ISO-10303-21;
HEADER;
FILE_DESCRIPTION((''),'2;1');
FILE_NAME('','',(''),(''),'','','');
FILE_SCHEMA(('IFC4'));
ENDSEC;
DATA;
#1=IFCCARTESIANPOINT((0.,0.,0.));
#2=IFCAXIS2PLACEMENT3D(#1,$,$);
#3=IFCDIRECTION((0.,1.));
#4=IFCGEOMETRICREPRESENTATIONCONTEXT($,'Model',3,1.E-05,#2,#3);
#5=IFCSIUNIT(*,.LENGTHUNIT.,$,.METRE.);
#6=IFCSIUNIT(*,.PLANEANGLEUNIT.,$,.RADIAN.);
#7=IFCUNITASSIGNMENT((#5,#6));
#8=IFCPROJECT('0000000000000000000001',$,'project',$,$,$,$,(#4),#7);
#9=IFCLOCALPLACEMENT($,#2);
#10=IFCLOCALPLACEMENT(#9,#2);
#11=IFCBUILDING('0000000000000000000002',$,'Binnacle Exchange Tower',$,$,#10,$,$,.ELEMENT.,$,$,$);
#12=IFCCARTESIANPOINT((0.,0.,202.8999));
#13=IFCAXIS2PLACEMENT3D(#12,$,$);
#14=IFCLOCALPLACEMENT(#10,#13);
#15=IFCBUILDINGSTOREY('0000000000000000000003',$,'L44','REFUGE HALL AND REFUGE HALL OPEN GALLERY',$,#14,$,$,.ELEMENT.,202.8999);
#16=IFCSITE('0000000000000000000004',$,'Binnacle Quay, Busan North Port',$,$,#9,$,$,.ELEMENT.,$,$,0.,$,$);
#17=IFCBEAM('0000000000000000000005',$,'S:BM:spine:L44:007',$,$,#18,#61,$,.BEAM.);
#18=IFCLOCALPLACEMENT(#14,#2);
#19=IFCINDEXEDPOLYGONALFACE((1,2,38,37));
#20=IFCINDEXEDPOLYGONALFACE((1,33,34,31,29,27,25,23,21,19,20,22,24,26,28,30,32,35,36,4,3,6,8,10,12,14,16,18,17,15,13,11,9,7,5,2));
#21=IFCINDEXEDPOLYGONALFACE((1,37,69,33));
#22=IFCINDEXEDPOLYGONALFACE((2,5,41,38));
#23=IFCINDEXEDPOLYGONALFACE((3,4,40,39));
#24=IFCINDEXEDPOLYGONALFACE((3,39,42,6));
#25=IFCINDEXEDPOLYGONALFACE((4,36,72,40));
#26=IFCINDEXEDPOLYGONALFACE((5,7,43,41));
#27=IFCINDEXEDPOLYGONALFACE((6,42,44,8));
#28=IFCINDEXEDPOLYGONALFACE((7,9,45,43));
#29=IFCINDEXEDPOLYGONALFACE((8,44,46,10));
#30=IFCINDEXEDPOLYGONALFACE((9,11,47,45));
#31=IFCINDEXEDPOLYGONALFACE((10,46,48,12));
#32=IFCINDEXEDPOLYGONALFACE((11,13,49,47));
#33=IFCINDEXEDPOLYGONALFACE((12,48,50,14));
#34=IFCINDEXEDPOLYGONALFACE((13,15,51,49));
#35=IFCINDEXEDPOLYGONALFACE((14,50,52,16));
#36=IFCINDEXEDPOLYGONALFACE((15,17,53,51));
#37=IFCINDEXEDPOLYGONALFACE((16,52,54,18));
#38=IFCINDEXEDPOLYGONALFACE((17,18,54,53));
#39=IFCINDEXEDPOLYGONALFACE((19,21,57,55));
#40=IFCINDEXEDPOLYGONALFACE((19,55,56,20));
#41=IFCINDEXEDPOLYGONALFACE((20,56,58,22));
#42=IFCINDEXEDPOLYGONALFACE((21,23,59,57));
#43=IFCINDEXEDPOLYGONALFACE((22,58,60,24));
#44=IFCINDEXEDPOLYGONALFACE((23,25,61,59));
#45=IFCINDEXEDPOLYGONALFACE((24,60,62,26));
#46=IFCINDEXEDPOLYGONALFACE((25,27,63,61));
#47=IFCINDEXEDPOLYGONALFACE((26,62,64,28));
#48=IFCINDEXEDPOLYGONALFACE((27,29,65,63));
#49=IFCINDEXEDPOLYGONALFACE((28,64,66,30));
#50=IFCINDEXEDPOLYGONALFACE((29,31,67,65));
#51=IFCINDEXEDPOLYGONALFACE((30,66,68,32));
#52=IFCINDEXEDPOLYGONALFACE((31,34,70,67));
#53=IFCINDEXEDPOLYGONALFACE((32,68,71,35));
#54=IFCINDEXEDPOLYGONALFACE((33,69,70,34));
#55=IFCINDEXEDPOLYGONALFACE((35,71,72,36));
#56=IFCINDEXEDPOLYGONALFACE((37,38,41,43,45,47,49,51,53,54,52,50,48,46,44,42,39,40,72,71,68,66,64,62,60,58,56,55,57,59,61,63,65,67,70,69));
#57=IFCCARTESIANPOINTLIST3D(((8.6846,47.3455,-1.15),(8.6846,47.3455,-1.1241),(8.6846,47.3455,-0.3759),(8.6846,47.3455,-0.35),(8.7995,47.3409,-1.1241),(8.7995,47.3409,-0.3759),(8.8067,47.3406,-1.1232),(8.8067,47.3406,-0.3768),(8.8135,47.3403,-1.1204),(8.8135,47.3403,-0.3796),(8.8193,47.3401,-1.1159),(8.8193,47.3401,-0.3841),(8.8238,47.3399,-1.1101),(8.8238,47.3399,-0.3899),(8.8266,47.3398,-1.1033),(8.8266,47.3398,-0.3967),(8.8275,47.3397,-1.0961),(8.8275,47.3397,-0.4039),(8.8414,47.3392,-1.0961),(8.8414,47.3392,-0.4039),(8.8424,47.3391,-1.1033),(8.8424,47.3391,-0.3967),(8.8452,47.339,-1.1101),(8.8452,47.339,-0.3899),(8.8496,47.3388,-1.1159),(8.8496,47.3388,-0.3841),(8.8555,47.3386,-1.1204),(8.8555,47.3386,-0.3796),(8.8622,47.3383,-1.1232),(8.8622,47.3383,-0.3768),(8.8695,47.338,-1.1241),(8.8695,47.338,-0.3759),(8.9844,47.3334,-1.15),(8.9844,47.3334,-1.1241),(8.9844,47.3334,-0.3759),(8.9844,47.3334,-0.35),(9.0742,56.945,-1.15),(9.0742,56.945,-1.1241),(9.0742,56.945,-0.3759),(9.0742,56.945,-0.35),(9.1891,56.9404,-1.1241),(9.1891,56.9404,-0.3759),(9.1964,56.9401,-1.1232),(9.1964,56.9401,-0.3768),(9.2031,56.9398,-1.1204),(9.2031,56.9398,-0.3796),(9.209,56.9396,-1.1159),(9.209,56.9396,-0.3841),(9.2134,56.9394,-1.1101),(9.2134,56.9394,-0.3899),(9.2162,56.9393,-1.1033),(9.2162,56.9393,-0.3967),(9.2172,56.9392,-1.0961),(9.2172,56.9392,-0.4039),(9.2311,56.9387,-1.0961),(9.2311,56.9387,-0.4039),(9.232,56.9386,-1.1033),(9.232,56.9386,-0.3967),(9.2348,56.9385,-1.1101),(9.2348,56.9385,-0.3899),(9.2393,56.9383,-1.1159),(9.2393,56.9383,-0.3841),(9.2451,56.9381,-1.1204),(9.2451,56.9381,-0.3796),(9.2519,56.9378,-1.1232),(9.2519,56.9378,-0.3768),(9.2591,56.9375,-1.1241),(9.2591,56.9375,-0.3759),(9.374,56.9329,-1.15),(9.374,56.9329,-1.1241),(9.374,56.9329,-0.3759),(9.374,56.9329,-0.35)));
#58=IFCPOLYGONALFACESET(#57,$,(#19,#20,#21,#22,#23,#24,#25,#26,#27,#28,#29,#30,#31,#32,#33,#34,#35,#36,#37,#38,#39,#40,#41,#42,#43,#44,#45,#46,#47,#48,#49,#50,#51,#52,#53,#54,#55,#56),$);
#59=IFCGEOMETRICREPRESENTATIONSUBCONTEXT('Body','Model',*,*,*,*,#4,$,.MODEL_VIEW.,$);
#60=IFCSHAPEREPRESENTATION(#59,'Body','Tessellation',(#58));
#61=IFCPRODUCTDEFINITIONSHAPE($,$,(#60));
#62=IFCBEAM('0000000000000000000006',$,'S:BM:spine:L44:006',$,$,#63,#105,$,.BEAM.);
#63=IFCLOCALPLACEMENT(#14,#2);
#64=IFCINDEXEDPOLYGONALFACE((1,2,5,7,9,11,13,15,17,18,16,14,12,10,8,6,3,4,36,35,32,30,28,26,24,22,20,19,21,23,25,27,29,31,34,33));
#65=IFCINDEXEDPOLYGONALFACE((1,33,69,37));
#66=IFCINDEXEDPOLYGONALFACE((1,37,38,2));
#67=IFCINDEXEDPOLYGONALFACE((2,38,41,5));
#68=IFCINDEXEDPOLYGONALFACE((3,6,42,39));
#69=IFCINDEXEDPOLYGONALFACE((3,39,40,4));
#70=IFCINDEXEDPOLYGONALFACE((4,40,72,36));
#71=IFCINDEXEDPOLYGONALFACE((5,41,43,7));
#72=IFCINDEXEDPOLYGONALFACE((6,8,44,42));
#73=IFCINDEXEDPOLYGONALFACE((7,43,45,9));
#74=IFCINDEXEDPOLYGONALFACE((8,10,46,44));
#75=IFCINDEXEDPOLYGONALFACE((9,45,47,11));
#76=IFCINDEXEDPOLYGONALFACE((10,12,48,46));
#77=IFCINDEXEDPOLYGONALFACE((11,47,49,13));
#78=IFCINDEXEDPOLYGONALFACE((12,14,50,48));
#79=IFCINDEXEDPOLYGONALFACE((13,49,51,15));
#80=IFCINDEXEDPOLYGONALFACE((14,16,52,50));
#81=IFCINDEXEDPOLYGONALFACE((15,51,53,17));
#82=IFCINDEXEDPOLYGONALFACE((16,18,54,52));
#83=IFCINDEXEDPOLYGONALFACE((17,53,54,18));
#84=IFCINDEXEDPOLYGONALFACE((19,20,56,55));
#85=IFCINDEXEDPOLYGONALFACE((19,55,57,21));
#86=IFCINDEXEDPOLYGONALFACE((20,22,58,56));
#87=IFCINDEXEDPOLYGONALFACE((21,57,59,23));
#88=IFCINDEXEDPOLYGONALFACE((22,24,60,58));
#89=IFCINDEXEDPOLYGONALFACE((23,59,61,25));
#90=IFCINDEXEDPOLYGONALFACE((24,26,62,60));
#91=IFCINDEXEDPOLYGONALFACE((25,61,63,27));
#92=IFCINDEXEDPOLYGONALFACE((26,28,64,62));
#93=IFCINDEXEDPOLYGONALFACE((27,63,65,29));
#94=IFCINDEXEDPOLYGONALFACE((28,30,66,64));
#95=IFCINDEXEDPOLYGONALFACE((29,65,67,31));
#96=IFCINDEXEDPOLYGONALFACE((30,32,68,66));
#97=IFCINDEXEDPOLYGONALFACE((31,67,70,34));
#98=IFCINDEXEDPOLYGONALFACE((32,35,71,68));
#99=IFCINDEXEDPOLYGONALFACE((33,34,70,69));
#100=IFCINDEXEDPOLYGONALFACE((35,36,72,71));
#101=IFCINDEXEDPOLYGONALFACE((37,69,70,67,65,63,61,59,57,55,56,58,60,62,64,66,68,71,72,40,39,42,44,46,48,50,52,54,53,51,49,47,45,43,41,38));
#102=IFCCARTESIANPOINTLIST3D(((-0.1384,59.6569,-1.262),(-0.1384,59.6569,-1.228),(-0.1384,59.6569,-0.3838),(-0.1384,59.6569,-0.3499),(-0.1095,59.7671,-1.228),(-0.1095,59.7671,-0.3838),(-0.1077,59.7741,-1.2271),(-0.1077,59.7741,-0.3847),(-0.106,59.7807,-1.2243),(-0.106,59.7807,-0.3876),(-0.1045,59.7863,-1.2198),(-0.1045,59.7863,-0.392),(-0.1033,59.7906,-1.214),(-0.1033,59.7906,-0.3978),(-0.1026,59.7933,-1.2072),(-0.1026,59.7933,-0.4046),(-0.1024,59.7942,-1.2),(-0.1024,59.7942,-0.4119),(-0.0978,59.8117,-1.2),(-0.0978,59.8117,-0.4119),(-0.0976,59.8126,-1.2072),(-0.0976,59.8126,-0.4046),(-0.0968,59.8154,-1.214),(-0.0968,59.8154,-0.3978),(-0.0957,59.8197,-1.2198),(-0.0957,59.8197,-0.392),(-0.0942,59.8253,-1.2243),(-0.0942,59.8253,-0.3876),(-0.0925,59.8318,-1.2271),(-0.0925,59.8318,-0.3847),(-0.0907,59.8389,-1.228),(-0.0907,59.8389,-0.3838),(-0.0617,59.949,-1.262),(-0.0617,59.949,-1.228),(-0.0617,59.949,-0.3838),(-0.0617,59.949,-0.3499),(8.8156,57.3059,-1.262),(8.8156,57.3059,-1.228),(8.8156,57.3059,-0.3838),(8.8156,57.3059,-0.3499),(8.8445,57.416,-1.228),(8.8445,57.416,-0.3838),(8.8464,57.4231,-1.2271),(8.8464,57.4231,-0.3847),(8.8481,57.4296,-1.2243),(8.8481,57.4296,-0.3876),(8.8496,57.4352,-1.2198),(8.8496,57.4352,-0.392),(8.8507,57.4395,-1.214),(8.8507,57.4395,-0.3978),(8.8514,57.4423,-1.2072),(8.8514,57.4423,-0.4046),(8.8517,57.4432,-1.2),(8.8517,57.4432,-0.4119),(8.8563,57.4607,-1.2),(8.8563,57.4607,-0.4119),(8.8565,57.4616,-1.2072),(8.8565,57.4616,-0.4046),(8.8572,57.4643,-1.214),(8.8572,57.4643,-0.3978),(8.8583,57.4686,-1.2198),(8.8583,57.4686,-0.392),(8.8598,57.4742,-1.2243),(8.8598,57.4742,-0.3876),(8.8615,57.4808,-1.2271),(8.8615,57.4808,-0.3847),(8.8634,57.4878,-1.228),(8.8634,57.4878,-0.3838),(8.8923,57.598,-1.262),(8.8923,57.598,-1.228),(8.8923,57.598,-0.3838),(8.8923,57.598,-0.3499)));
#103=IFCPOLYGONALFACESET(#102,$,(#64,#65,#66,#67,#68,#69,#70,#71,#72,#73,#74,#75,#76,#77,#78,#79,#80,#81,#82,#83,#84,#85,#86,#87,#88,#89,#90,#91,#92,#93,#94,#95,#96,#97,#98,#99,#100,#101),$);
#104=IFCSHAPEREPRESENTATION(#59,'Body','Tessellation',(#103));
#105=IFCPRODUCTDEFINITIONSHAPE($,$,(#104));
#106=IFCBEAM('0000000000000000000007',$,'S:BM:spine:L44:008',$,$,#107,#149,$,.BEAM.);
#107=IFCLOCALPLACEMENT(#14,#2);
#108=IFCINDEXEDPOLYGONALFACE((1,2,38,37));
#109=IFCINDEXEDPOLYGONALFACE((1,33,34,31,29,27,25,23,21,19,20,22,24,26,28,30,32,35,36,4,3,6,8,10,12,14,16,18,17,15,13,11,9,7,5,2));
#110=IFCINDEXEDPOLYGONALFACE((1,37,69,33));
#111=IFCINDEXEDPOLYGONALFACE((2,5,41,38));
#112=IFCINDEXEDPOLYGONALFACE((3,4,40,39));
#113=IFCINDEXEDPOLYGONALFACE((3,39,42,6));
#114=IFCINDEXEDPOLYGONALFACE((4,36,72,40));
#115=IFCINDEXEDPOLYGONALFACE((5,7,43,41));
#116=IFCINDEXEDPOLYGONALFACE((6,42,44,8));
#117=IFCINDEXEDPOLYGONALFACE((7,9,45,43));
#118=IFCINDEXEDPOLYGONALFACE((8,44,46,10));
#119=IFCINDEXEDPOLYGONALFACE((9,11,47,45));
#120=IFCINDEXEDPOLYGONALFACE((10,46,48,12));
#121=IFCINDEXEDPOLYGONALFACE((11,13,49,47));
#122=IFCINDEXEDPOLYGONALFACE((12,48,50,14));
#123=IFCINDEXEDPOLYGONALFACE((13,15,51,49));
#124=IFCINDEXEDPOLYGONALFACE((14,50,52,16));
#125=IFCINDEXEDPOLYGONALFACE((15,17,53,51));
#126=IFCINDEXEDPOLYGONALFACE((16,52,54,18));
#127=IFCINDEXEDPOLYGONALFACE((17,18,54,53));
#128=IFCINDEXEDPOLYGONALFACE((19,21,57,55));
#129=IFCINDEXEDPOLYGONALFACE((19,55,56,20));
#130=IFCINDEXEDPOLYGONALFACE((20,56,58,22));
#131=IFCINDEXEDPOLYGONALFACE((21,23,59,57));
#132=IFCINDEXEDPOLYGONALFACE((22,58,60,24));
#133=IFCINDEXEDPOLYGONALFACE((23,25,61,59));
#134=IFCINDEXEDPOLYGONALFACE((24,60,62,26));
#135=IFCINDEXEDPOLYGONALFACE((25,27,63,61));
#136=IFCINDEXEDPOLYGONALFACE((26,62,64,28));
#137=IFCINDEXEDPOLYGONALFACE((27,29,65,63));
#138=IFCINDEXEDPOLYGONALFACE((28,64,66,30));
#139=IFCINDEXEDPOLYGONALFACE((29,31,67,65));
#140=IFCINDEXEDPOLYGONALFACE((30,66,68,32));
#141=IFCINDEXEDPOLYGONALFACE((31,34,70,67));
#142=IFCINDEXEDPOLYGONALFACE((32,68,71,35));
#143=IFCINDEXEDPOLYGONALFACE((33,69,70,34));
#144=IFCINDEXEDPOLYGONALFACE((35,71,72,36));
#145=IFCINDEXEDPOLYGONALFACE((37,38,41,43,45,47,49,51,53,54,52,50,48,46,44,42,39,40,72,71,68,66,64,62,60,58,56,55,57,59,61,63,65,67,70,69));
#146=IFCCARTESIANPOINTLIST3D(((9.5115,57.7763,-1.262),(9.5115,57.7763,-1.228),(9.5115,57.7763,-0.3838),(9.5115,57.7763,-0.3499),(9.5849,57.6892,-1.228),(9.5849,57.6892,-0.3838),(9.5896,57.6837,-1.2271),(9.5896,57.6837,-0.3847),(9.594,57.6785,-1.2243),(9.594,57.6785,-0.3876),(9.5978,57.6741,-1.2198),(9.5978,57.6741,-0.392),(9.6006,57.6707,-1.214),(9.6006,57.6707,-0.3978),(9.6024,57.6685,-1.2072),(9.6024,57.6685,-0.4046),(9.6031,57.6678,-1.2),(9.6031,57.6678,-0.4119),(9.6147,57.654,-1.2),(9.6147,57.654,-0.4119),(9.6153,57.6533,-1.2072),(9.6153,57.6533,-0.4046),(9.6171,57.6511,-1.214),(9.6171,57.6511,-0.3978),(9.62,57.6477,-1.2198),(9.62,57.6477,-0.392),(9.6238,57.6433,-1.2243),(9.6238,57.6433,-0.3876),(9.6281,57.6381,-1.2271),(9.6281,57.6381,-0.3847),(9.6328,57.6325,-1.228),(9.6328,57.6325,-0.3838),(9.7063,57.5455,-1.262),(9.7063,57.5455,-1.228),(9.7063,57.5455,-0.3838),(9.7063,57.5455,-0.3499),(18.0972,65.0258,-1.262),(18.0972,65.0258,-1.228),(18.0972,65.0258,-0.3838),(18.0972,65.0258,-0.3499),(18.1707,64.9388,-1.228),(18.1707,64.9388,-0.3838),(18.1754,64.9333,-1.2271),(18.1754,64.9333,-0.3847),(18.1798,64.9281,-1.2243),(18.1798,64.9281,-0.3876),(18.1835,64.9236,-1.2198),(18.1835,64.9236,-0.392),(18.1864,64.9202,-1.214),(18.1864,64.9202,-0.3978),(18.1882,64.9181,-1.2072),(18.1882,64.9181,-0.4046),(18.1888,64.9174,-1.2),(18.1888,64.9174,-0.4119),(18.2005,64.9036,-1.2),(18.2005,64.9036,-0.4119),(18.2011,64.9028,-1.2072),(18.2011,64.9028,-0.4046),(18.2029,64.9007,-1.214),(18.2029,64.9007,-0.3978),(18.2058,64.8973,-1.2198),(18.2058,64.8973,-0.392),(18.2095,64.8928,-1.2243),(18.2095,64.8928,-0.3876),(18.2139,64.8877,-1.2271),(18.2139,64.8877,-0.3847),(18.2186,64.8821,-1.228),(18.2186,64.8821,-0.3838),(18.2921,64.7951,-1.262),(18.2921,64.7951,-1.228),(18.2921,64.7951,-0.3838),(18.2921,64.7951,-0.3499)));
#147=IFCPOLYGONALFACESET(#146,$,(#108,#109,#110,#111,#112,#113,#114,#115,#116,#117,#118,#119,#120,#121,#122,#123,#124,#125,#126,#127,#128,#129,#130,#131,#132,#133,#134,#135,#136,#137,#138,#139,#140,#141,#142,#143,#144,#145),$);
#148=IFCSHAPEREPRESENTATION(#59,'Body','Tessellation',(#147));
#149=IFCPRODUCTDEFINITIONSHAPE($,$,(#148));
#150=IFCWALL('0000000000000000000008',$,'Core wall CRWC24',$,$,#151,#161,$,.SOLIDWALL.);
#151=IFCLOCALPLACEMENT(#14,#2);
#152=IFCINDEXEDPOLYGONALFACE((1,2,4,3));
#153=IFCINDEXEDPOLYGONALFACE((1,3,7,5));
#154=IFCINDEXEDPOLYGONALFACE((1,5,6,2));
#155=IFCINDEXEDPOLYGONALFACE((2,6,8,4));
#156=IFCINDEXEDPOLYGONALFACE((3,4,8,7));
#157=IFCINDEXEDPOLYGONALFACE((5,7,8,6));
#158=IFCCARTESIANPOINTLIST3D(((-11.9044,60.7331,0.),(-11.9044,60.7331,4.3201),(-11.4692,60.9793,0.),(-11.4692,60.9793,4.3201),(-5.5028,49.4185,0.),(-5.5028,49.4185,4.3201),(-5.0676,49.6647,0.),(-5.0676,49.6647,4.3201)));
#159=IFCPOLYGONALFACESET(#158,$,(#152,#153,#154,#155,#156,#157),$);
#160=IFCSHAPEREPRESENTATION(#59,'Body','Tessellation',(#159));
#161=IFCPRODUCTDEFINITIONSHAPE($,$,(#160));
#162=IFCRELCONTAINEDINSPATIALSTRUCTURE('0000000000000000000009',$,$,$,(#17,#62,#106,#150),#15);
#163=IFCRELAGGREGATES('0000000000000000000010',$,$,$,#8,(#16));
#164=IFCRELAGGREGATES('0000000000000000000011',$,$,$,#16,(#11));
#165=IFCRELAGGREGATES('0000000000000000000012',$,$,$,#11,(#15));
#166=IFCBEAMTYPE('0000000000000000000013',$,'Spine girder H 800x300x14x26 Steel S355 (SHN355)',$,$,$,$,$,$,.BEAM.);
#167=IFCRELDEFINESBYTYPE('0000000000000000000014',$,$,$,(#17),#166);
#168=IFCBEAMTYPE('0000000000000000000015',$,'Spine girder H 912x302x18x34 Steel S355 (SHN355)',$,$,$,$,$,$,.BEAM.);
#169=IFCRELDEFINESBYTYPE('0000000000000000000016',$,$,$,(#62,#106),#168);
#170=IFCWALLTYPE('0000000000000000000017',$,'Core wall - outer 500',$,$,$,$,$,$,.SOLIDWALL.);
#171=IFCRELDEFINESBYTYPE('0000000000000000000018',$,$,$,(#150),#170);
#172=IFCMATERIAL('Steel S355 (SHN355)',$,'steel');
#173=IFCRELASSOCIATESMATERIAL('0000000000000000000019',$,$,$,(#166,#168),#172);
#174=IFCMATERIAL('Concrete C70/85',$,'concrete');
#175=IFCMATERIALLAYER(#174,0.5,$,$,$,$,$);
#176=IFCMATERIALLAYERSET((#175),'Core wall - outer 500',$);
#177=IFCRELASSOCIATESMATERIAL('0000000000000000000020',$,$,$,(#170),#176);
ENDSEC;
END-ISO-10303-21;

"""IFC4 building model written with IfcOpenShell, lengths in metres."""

from ifc_helpers import new_model, si_unit, direction, frame, frame_2d, origin, origin_2d, place, context, subcontext, project, spatial, rectangle, i_section, extrude, material, layer, layer_set, material_profile, profile_set, type_object, element, save


model = new_model("IFC4")

# Units and contexts
model_context = context("Model", 3, precision=1e-05, world=origin(), true_north=direction((0.0, 1.0)))
body_context = subcontext(model_context, "Body", "Model", "MODEL_VIEW")
ifc_project = project(units=[si_unit("LENGTHUNIT", "METRE"), si_unit("PLANEANGLEUNIT", "RADIAN")], contexts=[model_context])

# Site, building, storey
site_placement = place(None, origin())
site = spatial("IfcSite", under=ifc_project, at=site_placement, Name="Binnacle Quay, Busan North Port", CompositionType="ELEMENT", RefElevation=0.0)
building_placement = place(site_placement, origin())
building = spatial("IfcBuilding", under=site, at=building_placement, Name="Binnacle Exchange Tower", CompositionType="ELEMENT")
storey_placement = place(building_placement, frame((0.0, 0.0, 202.8999)))
storey = spatial("IfcBuildingStorey", under=building, at=storey_placement, Name="L44", Description="REFUGE HALL AND REFUGE HALL OPEN GALLERY", CompositionType="ELEMENT", Elevation=202.8999)

# Shared definitions
ifc_material_1 = material(Name="Concrete C70/85", Category="concrete")

# Beams
ifc_material_2 = material(Name="Steel S355 (SHN355)", Category="steel")
ifc_material_profile_1 = material_profile(ifc_material_2, i_section(OverallWidth=0.3, OverallDepth=0.8, WebThickness=0.0139, FlangeThickness=0.0259, FilletRadius=0.0281, at=origin_2d()), Name="H 800x300x14x26")
ifc_profile_set_1 = profile_set([ifc_material_profile_1], Name="Steel S355 (SHN355)")
beam_type_1 = type_object("IfcBeamType", Name="Spine girder H 800x300x14x26 Steel S355 (SHN355)", PredefinedType="BEAM", material=ifc_profile_set_1)
beam_1_placement = place(storey_placement, frame((9.2241, 56.939, -0.75), z_axis=(-0.040557, -0.999177, 0.0), x_axis=(0.999177, -0.040557, 0.0)))
element("IfcBeam", 1, at=beam_1_placement, inside=storey, type_object=beam_type_1, Name="S:BM:spine:L44:007", PredefinedType="BEAM", context=body_context, shape_type="SweptSolid", body=[
    extrude(i_section(OverallWidth=0.3, OverallDepth=0.8, WebThickness=0.0139, FlangeThickness=0.0259, FilletRadius=0.0281, at=origin_2d()), origin(), (0.0, 0.0, 1.0), 9.6074),
])
ifc_material_profile_2 = material_profile(ifc_material_2, i_section(OverallWidth=0.302, OverallDepth=0.9121, WebThickness=0.0181, FlangeThickness=0.0339, FilletRadius=0.0281, at=origin_2d()), Name="H 912x302x18x34")
ifc_profile_set_2 = profile_set([ifc_material_profile_2], Name="Steel S355 (SHN355)")
beam_type_2 = type_object("IfcBeamType", Name="Spine girder H 912x302x18x34 Steel S355 (SHN355)", PredefinedType="BEAM", material=ifc_profile_set_2)
beam_2_placement = place(storey_placement, frame((-0.1001, 59.803, -0.8059), z_axis=(0.967214, -0.253961, 0.0), x_axis=(0.253961, 0.967214, 0.0)))
element("IfcBeam", 2, at=beam_2_placement, inside=storey, type_object=beam_type_2, Name="S:BM:spine:L44:006", PredefinedType="BEAM", context=body_context, shape_type="SweptSolid", body=[
    extrude(i_section(OverallWidth=0.302, OverallDepth=0.9121, WebThickness=0.0181, FlangeThickness=0.0339, FilletRadius=0.0281, at=origin_2d()), origin(), (0.0, 0.0, 1.0), 9.2576),
])
beam_3_placement = place(storey_placement, frame((9.6089, 57.6609, -0.8059), z_axis=(0.764058, 0.645148, 0.0), x_axis=(-0.645148, 0.764058, 0.0)))
element("IfcBeam", 3, at=beam_3_placement, inside=storey, type_object=beam_type_2, Name="S:BM:spine:L44:008", PredefinedType="BEAM", context=body_context, shape_type="SweptSolid", body=[
    extrude(i_section(OverallWidth=0.302, OverallDepth=0.9121, WebThickness=0.0181, FlangeThickness=0.0339, FilletRadius=0.0281, at=origin_2d()), origin(), (0.0, 0.0, 1.0), 11.2371),
])

# Wall
ifc_layer_1 = layer(ifc_material_1, 0.5)
ifc_layer_set_1 = layer_set([ifc_layer_1], Name="Core wall - outer 500")
wall_type_1 = type_object("IfcWallType", Name="Core wall - outer 500", PredefinedType="SOLIDWALL", material=ifc_layer_set_1)
wall_1_placement = place(storey_placement, frame((-11.6868, 60.8562, 0.0), z_axis=(0.0, 0.0, 1.0), x_axis=(0.492427, -0.870354, 0.0)))
element("IfcWall", 4, at=wall_1_placement, inside=storey, type_object=wall_type_1, Name="Core wall CRWC24", PredefinedType="SOLIDWALL", context=body_context, shape_type="SweptSolid", body=[
    extrude(rectangle(XDim=13.0, YDim=0.5, at=frame_2d((6.5, 0.0))), origin(), (0.0, 0.0, 1.0), 4.3201),
])

save(model, "model.ifc")
